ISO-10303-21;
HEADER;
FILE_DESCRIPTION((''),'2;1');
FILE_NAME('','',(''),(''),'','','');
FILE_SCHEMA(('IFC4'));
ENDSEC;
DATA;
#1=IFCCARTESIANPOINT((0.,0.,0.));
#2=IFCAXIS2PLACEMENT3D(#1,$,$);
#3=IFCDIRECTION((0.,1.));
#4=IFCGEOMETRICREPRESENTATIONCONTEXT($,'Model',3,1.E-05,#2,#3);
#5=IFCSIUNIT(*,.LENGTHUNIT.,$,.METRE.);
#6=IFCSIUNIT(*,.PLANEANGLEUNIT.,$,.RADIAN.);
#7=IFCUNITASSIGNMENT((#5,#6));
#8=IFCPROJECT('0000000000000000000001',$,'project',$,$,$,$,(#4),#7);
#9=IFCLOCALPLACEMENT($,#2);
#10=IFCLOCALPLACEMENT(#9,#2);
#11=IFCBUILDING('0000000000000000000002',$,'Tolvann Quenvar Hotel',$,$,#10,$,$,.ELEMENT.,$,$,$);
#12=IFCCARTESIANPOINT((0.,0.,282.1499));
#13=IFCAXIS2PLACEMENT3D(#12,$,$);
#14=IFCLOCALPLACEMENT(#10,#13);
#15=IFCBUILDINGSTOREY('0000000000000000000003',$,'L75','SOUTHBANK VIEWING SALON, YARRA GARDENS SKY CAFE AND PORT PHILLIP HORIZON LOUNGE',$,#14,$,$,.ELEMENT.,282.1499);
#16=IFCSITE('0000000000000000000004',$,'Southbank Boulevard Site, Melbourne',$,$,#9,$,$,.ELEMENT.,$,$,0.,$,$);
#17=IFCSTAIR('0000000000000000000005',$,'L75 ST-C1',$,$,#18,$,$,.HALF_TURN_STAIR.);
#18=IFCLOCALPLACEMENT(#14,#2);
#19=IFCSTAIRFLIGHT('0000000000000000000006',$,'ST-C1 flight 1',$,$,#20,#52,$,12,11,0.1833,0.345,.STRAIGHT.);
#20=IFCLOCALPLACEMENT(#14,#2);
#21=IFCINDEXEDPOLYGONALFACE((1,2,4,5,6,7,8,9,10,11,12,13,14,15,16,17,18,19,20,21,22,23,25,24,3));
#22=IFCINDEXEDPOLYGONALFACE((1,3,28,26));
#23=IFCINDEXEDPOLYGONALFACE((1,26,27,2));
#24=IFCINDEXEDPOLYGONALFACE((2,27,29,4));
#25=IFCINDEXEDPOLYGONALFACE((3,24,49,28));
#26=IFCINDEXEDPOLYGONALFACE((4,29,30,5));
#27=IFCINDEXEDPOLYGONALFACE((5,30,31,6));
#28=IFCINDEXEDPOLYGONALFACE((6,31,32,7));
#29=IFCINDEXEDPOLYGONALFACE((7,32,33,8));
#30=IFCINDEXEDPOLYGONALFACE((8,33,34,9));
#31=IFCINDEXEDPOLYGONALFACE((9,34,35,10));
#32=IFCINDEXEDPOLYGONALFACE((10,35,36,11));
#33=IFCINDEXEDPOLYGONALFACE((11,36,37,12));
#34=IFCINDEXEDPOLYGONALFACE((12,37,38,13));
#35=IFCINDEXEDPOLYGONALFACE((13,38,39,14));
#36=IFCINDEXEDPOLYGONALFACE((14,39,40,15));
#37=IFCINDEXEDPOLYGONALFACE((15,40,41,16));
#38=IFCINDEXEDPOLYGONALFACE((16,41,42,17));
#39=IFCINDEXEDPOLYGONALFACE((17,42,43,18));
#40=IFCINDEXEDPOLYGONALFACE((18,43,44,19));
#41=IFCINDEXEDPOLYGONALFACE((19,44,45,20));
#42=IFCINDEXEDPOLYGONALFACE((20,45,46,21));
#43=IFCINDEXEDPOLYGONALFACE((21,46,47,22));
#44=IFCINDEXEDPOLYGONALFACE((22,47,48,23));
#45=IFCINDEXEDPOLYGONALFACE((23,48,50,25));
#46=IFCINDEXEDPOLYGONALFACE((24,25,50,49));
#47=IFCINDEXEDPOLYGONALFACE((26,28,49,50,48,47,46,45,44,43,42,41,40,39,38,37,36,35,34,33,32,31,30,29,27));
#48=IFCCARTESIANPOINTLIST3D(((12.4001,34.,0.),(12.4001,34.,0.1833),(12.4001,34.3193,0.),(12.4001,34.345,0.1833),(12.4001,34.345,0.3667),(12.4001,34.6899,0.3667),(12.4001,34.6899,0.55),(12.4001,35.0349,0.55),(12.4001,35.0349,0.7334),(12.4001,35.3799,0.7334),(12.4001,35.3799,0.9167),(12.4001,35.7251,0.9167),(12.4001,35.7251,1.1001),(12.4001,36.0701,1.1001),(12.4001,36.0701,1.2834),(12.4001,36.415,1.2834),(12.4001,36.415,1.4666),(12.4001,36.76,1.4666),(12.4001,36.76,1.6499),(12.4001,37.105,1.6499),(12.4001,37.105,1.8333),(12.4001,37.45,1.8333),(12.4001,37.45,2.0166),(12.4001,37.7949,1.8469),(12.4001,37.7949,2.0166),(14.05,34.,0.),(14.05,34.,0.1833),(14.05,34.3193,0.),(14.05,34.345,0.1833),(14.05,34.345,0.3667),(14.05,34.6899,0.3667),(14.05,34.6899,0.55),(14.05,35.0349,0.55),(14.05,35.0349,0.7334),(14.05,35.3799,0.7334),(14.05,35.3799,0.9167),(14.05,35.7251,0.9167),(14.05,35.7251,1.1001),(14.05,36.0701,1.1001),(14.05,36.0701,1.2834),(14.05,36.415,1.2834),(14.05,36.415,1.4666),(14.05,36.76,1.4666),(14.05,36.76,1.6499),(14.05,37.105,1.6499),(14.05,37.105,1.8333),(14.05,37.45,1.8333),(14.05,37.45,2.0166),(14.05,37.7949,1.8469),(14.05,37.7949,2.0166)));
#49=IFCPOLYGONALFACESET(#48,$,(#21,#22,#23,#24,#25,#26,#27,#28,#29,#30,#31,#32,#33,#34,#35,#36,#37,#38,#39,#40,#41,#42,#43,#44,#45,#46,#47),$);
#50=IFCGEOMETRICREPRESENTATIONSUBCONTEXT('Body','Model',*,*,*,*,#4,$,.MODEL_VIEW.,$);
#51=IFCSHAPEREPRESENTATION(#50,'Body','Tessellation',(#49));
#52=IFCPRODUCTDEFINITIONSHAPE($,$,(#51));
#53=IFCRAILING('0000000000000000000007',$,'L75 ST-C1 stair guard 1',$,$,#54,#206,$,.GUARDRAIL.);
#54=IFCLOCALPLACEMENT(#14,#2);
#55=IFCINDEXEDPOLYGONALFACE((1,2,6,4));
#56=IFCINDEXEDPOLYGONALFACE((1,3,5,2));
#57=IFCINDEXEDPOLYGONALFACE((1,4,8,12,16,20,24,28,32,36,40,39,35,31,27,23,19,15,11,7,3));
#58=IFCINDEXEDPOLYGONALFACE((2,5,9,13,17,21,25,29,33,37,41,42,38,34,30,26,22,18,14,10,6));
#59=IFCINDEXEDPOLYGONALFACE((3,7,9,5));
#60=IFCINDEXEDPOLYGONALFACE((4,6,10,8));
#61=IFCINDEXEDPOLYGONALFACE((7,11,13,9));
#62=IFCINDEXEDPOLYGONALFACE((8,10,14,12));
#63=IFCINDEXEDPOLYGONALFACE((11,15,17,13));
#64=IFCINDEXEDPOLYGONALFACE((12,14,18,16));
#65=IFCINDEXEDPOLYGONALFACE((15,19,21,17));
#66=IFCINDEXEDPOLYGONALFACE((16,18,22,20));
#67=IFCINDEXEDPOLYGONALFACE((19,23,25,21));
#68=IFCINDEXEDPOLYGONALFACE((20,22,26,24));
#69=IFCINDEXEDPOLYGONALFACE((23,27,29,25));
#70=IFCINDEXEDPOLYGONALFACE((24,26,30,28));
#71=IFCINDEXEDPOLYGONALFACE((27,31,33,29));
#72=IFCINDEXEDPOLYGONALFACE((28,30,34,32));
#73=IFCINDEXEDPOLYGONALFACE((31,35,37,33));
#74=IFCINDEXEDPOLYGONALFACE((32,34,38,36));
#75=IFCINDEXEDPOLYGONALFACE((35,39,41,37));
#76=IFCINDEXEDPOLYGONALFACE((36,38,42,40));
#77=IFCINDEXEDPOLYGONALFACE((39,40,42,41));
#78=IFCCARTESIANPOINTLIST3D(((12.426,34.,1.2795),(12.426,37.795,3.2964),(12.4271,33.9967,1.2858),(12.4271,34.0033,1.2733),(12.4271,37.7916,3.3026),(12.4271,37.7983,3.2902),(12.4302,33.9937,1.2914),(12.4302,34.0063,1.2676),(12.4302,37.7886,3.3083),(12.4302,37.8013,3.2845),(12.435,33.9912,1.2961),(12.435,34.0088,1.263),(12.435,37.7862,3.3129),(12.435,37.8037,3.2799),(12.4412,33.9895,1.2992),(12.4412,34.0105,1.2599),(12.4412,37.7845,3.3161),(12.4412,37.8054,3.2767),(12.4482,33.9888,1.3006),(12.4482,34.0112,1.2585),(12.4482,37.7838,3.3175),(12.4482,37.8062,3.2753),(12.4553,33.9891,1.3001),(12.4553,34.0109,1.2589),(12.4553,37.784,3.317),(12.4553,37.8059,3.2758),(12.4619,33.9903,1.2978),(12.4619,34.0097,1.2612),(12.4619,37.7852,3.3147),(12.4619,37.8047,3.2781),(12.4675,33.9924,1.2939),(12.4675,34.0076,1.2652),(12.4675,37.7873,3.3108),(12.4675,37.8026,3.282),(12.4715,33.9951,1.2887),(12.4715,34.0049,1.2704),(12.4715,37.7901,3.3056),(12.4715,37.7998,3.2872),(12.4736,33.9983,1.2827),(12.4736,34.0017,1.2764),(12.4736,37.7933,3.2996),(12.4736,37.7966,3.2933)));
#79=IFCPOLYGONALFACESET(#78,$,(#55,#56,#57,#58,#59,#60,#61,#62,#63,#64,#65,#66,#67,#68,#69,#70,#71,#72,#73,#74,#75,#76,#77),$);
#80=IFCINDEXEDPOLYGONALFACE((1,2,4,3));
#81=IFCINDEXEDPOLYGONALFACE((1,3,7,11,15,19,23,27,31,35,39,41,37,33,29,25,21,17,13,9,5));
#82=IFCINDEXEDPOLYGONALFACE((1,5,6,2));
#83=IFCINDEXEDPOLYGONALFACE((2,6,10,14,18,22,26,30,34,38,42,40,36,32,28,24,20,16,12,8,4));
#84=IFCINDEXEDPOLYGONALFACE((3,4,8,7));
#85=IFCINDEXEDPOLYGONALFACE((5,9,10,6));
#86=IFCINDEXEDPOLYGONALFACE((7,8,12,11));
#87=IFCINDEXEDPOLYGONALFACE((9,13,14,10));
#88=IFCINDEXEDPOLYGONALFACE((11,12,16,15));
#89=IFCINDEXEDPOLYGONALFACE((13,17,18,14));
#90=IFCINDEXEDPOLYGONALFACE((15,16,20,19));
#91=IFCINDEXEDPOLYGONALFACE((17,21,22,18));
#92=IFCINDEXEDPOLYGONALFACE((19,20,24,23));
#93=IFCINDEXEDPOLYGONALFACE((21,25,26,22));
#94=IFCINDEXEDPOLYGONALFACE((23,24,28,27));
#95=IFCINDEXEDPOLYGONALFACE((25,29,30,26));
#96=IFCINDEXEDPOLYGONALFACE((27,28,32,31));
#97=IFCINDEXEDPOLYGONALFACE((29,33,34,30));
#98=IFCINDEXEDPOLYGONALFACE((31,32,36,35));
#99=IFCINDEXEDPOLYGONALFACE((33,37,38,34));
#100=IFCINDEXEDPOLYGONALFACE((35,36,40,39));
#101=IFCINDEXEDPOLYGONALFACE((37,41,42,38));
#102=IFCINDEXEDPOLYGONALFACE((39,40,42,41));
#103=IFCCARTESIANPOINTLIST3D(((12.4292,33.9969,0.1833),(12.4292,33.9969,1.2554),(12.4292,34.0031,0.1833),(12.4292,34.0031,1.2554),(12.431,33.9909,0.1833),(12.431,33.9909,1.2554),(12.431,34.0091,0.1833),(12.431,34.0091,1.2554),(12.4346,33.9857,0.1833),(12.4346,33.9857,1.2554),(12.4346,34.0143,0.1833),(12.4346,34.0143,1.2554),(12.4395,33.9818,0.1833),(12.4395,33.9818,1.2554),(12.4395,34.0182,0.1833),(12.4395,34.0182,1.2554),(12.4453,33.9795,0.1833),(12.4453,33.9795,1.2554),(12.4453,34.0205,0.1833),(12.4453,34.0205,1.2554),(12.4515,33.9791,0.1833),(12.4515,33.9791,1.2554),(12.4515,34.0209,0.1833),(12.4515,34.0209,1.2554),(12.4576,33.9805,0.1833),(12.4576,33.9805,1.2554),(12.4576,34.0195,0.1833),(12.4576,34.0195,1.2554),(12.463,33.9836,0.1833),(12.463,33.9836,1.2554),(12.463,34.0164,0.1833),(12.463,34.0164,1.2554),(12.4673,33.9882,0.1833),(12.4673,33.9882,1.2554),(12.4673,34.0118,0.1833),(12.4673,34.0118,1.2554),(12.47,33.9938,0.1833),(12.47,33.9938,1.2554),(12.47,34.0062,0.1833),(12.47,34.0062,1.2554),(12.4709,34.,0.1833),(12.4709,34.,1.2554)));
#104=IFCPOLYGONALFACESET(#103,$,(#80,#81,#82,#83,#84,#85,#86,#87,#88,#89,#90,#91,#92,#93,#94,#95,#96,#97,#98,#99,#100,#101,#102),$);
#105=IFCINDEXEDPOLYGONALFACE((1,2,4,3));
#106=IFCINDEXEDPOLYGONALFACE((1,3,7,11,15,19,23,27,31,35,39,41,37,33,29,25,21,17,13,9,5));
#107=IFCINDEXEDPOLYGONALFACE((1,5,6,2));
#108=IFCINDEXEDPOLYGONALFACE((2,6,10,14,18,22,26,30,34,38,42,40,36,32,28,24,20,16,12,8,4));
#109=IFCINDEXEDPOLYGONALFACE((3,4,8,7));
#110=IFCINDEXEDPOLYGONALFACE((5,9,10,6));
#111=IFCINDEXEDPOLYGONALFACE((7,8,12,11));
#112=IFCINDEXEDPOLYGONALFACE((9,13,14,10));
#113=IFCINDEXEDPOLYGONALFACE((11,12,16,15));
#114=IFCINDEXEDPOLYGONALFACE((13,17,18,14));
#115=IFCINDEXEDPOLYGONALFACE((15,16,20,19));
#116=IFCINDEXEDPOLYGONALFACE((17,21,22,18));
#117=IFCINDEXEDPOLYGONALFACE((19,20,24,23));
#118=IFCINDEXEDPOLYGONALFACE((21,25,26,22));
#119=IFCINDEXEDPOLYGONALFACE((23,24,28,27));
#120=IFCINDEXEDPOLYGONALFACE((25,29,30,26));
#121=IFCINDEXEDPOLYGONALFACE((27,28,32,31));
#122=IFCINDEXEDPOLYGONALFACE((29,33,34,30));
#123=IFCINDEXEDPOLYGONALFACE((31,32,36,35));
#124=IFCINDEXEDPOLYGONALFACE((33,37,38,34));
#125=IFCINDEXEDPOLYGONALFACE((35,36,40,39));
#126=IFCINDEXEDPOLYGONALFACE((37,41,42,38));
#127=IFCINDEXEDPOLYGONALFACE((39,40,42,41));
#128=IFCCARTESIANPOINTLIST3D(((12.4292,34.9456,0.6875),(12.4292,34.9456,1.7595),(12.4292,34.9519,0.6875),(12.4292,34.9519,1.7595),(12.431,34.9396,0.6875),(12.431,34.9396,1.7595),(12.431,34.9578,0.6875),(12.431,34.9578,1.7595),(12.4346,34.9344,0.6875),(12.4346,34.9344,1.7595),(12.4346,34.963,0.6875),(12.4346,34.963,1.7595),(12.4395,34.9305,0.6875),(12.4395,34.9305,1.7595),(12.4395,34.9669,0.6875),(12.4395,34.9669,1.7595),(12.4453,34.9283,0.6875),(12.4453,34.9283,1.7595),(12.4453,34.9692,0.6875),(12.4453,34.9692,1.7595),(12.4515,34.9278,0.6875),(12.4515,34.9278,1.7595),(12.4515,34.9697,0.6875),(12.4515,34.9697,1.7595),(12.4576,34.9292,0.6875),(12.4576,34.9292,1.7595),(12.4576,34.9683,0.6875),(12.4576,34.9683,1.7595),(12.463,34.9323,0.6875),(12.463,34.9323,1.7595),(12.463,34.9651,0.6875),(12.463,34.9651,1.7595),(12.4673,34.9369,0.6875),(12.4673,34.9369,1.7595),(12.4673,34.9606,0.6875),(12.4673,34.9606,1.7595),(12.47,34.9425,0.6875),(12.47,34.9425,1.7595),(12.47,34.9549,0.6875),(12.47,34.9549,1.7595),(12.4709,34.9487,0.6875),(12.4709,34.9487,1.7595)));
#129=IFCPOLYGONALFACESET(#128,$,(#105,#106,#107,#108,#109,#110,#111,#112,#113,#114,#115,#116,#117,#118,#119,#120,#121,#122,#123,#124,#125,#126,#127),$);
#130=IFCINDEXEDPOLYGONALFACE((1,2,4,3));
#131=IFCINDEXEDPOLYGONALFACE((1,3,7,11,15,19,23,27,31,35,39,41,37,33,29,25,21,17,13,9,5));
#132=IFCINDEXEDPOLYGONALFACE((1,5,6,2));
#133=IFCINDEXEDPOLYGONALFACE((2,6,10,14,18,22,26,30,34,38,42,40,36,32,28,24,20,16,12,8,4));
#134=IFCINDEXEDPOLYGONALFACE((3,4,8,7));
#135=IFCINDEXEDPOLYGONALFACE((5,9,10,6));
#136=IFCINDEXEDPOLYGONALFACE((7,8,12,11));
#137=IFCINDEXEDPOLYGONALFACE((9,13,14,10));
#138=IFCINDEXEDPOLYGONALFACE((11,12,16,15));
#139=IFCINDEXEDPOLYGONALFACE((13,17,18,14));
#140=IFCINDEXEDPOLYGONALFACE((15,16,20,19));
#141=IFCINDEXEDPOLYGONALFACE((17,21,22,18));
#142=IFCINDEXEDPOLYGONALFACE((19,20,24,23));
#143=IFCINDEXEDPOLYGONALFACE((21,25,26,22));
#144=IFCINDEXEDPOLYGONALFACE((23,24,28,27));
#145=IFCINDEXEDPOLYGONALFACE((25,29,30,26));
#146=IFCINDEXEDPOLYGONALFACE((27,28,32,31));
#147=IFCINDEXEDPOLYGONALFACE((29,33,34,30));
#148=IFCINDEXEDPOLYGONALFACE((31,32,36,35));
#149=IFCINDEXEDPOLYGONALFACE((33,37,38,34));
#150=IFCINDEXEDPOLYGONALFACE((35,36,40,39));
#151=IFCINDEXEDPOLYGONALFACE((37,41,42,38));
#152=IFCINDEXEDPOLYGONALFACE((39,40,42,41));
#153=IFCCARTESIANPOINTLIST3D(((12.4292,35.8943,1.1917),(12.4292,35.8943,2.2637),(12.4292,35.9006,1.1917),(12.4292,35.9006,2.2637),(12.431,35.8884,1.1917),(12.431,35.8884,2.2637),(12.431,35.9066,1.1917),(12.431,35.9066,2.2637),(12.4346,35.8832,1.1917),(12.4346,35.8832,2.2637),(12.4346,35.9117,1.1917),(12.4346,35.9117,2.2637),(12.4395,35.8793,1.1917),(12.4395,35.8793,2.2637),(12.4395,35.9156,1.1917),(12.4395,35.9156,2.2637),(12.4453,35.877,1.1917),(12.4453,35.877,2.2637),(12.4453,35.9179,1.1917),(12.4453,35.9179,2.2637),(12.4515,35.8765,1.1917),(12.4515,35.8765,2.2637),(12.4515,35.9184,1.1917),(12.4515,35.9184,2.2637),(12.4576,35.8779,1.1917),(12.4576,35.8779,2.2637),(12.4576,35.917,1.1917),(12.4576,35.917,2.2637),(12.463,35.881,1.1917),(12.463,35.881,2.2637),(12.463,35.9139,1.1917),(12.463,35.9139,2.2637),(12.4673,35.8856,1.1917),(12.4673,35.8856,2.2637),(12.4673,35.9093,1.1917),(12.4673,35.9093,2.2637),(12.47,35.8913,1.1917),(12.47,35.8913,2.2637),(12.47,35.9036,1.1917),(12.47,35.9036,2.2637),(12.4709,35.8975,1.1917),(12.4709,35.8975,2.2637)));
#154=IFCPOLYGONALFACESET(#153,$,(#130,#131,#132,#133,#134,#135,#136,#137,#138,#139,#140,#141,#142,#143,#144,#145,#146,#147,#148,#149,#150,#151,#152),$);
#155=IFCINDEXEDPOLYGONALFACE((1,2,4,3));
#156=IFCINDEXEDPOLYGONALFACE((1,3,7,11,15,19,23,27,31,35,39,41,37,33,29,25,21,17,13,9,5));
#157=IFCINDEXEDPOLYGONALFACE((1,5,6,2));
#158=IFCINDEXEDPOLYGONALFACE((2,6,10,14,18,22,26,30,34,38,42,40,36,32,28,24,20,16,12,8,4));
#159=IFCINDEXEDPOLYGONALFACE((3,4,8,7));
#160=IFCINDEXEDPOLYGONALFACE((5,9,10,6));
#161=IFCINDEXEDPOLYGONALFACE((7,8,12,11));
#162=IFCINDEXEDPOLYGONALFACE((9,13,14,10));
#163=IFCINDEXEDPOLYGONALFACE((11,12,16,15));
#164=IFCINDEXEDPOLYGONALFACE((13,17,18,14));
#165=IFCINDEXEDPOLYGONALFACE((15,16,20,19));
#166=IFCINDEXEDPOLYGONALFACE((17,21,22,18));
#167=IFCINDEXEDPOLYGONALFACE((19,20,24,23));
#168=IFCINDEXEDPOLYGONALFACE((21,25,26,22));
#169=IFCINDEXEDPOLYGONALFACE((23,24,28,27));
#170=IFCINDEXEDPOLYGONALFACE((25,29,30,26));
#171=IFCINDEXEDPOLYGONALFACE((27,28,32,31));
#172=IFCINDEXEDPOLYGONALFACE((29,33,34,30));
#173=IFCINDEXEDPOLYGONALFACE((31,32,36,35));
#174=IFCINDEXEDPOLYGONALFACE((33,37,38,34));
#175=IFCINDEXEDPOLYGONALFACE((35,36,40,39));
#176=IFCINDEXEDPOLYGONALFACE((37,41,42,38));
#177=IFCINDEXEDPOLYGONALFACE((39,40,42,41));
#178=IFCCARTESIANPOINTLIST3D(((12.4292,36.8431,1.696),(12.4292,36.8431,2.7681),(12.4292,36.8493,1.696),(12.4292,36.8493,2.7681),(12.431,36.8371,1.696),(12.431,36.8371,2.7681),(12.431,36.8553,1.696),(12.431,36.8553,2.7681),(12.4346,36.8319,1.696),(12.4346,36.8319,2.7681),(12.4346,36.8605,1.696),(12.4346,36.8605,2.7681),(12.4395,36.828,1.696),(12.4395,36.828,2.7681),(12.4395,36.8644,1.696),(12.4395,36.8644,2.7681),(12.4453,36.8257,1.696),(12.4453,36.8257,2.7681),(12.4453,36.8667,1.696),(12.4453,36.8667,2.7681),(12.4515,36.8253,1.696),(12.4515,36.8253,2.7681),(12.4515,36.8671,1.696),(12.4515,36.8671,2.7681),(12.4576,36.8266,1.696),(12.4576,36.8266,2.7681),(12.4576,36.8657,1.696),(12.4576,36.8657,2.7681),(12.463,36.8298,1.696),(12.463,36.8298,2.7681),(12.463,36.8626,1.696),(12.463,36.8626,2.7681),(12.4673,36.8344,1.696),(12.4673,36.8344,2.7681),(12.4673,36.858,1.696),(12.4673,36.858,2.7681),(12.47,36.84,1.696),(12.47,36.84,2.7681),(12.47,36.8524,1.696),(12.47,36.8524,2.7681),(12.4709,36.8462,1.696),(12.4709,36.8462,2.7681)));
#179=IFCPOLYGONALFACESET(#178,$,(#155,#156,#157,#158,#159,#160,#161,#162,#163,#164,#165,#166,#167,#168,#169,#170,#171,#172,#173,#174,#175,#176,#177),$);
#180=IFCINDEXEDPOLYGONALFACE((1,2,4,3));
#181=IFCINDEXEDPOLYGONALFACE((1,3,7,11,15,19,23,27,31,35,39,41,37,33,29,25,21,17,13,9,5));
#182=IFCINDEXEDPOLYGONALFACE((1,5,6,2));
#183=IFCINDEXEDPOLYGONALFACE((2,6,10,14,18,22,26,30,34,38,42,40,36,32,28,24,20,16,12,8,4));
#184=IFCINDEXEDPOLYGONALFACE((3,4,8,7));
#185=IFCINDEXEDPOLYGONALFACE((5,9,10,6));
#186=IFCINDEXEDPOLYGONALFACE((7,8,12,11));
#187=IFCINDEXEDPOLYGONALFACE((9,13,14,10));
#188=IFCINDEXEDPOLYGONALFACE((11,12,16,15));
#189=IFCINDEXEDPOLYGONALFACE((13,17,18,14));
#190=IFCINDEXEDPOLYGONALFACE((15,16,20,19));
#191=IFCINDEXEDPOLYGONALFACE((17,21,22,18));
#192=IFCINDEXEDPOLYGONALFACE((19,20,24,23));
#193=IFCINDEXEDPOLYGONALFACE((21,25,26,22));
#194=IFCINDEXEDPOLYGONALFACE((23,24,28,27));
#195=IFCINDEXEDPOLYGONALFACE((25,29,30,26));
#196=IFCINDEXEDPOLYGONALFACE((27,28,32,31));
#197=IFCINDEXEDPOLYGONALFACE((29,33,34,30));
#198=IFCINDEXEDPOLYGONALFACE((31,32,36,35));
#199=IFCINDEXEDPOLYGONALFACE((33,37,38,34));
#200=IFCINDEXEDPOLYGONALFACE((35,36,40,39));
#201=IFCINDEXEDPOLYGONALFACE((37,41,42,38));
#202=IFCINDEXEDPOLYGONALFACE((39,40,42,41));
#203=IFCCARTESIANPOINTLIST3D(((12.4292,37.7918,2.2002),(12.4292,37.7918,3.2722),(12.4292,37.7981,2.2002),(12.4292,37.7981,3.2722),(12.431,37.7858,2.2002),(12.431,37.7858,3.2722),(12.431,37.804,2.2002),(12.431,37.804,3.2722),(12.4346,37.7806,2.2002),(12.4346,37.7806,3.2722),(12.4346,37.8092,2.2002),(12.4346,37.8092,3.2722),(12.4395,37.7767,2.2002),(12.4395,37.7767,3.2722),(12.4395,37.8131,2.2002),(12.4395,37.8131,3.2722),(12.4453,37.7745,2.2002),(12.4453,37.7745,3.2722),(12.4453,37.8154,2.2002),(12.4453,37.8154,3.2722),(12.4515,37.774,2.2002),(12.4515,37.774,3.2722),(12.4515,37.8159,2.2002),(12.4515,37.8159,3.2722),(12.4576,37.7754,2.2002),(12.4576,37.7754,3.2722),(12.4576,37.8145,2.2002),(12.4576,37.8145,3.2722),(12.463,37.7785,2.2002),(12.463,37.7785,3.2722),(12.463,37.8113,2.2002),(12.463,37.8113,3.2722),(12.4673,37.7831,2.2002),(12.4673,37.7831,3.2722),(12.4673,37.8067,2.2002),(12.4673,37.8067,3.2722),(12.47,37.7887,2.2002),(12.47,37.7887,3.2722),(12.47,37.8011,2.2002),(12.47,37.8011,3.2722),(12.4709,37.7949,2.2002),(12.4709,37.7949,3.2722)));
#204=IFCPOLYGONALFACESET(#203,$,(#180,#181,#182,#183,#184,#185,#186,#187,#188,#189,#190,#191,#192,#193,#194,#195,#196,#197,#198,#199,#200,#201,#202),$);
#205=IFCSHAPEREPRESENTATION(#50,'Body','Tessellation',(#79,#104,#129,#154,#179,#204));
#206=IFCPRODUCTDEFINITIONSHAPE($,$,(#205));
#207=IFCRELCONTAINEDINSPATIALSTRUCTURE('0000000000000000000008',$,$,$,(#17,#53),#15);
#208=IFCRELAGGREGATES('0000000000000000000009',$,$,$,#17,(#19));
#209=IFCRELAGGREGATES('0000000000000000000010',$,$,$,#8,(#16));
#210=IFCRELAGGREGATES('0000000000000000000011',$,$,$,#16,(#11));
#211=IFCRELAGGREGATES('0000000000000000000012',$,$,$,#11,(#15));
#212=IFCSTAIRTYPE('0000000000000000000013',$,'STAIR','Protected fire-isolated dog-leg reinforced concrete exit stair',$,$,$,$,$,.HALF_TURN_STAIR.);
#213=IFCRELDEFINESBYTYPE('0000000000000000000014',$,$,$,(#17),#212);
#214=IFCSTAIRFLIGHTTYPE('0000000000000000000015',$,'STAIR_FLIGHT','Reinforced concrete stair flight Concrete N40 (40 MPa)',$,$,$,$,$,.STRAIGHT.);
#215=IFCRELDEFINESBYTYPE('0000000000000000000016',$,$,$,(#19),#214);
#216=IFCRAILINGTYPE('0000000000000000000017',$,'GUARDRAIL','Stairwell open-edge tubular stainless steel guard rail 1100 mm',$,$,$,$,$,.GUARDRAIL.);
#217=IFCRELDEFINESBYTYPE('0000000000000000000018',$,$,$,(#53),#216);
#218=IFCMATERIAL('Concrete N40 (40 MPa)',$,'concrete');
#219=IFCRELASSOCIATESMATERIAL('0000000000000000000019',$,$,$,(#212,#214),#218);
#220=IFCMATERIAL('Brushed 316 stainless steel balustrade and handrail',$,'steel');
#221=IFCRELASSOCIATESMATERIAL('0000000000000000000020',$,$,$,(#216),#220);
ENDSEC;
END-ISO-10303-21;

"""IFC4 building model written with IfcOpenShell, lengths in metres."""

from ifc_helpers import new_model, si_unit, direction, frame, origin, origin_2d, place, context, subcontext, project, spatial, polyline, circle, outline, extrude, material, type_object, element, aggregate, save


model = new_model("IFC4")

# Units and contexts
model_context = context("Model", 3, precision=1e-05, world=origin(), true_north=direction((0.0, 1.0)))
body_context = subcontext(model_context, "Body", "Model", "MODEL_VIEW")
ifc_project = project(units=[si_unit("LENGTHUNIT", "METRE"), si_unit("PLANEANGLEUNIT", "RADIAN")], contexts=[model_context])

# Site, building, storey
site_placement = place(None, origin())
site = spatial("IfcSite", under=ifc_project, at=site_placement, Name="Southbank Boulevard Site, Melbourne", CompositionType="ELEMENT", RefElevation=0.0)
building_placement = place(site_placement, origin())
building = spatial("IfcBuilding", under=site, at=building_placement, Name="Tolvann Quenvar Hotel", CompositionType="ELEMENT")
storey_placement = place(building_placement, frame((0.0, 0.0, 282.1499)))
storey = spatial("IfcBuildingStorey", under=building, at=storey_placement, Name="L75", Description="SOUTHBANK VIEWING SALON, YARRA GARDENS SKY CAFE AND PORT PHILLIP HORIZON LOUNGE", CompositionType="ELEMENT", Elevation=282.1499)

# Shared definitions
ifc_material_1 = material(Name="Concrete N40 (40 MPa)", Category="concrete")

# Stair, stair flight
stair_type = type_object("IfcStairType", Name="STAIR", Description="Protected fire-isolated dog-leg reinforced concrete exit stair", PredefinedType="HALF_TURN_STAIR", material=ifc_material_1)
stair_placement = place(storey_placement, origin())
stair = element("IfcStair", 1, at=stair_placement, inside=storey, type_object=stair_type, Name="L75 ST-C1", PredefinedType="HALF_TURN_STAIR")
stair_flight_type = type_object("IfcStairFlightType", Name="STAIR_FLIGHT", Description="Reinforced concrete stair flight Concrete N40 (40 MPa)", PredefinedType="STRAIGHT", material=ifc_material_1)
stair_flight_placement = place(storey_placement, frame((13.2251, 34.0, 0.0), z_axis=(0.0, 0.0, 1.0), x_axis=(0.0, 1.0, 0.0)))
stair_flight = element("IfcStairFlight", 2, at=stair_flight_placement, type_object=stair_flight_type, Name="ST-C1 flight 1", NumberOfRisers=12, NumberOfTreads=11, PredefinedType="STRAIGHT", RiserHeight=0.1833, TreadLength=0.345, context=body_context, shape_type="SweptSolid", body=[
    extrude(outline(polyline([(0.0, 0.0), (0.0, 0.1833), (0.345, 0.1833), (0.345, 0.3667), (0.6899, 0.3667), (0.6899, 0.55), (1.0349, 0.55), (1.0349, 0.7334), (1.3799, 0.7334), (1.3799, 0.9167), (1.7251, 0.9167), (1.7251, 1.1001), (2.0701, 1.1001), (2.0701, 1.2834), (2.415, 1.2834), (2.415, 1.4666), (2.76, 1.4666), (2.76, 1.6499), (3.105, 1.6499), (3.105, 1.8333), (3.45, 1.8333), (3.45, 2.0166), (3.7949, 2.0166), (3.7949, 2.2), (3.7949, 1.8469), (0.3193, 0.0), (0.0, 0.0)])), frame((0.0, 0.825, 0.0), z_axis=(0.0, -1.0, 0.0), x_axis=(1.0, 0.0, 0.0)), (0.0, 0.0, 1.0), 1.6499),
])
aggregate(stair, [stair_flight])

# Railing
ifc_material_2 = material(Name="Brushed 316 stainless steel balustrade and handrail", Category="steel")
railing_type_1 = type_object("IfcRailingType", Name="GUARDRAIL", Description="Stairwell open-edge tubular stainless steel guard rail 1100 mm", PredefinedType="GUARDRAIL", material=ifc_material_2)
railing_1_placement = place(storey_placement, frame((12.45, 34.0, 0.1833)))
element("IfcRailing", 3, at=railing_1_placement, inside=storey, type_object=railing_type_1, Name="L75 ST-C1 stair guard 1", PredefinedType="GUARDRAIL", context=body_context, shape_type="SweptSolid", body=[
    extrude(circle(Radius=0.0239, at=origin_2d()), frame((0.0, 0.0, 1.0962), z_axis=(0.0, 0.883039, 0.469299), x_axis=(-1.0, 0.0, 0.0)), (0.0, 0.0, 1.0), 4.2976),
    extrude(circle(Radius=0.021, at=origin_2d()), origin(), (0.0, 0.0, 1.0), 1.072),
    extrude(circle(Radius=0.021, at=origin_2d()), frame((0.0, 0.9487, 0.5042)), (0.0, 0.0, 1.0), 1.072),
    extrude(circle(Radius=0.021, at=origin_2d()), frame((0.0, 1.8975, 1.0083)), (0.0, 0.0, 1.0), 1.072),
    extrude(circle(Radius=0.021, at=origin_2d()), frame((0.0, 2.8462, 1.5127)), (0.0, 0.0, 1.0), 1.072),
    extrude(circle(Radius=0.021, at=origin_2d()), frame((0.0, 3.7949, 2.0168)), (0.0, 0.0, 1.0), 1.072),
])

save(model, "model.ifc")
